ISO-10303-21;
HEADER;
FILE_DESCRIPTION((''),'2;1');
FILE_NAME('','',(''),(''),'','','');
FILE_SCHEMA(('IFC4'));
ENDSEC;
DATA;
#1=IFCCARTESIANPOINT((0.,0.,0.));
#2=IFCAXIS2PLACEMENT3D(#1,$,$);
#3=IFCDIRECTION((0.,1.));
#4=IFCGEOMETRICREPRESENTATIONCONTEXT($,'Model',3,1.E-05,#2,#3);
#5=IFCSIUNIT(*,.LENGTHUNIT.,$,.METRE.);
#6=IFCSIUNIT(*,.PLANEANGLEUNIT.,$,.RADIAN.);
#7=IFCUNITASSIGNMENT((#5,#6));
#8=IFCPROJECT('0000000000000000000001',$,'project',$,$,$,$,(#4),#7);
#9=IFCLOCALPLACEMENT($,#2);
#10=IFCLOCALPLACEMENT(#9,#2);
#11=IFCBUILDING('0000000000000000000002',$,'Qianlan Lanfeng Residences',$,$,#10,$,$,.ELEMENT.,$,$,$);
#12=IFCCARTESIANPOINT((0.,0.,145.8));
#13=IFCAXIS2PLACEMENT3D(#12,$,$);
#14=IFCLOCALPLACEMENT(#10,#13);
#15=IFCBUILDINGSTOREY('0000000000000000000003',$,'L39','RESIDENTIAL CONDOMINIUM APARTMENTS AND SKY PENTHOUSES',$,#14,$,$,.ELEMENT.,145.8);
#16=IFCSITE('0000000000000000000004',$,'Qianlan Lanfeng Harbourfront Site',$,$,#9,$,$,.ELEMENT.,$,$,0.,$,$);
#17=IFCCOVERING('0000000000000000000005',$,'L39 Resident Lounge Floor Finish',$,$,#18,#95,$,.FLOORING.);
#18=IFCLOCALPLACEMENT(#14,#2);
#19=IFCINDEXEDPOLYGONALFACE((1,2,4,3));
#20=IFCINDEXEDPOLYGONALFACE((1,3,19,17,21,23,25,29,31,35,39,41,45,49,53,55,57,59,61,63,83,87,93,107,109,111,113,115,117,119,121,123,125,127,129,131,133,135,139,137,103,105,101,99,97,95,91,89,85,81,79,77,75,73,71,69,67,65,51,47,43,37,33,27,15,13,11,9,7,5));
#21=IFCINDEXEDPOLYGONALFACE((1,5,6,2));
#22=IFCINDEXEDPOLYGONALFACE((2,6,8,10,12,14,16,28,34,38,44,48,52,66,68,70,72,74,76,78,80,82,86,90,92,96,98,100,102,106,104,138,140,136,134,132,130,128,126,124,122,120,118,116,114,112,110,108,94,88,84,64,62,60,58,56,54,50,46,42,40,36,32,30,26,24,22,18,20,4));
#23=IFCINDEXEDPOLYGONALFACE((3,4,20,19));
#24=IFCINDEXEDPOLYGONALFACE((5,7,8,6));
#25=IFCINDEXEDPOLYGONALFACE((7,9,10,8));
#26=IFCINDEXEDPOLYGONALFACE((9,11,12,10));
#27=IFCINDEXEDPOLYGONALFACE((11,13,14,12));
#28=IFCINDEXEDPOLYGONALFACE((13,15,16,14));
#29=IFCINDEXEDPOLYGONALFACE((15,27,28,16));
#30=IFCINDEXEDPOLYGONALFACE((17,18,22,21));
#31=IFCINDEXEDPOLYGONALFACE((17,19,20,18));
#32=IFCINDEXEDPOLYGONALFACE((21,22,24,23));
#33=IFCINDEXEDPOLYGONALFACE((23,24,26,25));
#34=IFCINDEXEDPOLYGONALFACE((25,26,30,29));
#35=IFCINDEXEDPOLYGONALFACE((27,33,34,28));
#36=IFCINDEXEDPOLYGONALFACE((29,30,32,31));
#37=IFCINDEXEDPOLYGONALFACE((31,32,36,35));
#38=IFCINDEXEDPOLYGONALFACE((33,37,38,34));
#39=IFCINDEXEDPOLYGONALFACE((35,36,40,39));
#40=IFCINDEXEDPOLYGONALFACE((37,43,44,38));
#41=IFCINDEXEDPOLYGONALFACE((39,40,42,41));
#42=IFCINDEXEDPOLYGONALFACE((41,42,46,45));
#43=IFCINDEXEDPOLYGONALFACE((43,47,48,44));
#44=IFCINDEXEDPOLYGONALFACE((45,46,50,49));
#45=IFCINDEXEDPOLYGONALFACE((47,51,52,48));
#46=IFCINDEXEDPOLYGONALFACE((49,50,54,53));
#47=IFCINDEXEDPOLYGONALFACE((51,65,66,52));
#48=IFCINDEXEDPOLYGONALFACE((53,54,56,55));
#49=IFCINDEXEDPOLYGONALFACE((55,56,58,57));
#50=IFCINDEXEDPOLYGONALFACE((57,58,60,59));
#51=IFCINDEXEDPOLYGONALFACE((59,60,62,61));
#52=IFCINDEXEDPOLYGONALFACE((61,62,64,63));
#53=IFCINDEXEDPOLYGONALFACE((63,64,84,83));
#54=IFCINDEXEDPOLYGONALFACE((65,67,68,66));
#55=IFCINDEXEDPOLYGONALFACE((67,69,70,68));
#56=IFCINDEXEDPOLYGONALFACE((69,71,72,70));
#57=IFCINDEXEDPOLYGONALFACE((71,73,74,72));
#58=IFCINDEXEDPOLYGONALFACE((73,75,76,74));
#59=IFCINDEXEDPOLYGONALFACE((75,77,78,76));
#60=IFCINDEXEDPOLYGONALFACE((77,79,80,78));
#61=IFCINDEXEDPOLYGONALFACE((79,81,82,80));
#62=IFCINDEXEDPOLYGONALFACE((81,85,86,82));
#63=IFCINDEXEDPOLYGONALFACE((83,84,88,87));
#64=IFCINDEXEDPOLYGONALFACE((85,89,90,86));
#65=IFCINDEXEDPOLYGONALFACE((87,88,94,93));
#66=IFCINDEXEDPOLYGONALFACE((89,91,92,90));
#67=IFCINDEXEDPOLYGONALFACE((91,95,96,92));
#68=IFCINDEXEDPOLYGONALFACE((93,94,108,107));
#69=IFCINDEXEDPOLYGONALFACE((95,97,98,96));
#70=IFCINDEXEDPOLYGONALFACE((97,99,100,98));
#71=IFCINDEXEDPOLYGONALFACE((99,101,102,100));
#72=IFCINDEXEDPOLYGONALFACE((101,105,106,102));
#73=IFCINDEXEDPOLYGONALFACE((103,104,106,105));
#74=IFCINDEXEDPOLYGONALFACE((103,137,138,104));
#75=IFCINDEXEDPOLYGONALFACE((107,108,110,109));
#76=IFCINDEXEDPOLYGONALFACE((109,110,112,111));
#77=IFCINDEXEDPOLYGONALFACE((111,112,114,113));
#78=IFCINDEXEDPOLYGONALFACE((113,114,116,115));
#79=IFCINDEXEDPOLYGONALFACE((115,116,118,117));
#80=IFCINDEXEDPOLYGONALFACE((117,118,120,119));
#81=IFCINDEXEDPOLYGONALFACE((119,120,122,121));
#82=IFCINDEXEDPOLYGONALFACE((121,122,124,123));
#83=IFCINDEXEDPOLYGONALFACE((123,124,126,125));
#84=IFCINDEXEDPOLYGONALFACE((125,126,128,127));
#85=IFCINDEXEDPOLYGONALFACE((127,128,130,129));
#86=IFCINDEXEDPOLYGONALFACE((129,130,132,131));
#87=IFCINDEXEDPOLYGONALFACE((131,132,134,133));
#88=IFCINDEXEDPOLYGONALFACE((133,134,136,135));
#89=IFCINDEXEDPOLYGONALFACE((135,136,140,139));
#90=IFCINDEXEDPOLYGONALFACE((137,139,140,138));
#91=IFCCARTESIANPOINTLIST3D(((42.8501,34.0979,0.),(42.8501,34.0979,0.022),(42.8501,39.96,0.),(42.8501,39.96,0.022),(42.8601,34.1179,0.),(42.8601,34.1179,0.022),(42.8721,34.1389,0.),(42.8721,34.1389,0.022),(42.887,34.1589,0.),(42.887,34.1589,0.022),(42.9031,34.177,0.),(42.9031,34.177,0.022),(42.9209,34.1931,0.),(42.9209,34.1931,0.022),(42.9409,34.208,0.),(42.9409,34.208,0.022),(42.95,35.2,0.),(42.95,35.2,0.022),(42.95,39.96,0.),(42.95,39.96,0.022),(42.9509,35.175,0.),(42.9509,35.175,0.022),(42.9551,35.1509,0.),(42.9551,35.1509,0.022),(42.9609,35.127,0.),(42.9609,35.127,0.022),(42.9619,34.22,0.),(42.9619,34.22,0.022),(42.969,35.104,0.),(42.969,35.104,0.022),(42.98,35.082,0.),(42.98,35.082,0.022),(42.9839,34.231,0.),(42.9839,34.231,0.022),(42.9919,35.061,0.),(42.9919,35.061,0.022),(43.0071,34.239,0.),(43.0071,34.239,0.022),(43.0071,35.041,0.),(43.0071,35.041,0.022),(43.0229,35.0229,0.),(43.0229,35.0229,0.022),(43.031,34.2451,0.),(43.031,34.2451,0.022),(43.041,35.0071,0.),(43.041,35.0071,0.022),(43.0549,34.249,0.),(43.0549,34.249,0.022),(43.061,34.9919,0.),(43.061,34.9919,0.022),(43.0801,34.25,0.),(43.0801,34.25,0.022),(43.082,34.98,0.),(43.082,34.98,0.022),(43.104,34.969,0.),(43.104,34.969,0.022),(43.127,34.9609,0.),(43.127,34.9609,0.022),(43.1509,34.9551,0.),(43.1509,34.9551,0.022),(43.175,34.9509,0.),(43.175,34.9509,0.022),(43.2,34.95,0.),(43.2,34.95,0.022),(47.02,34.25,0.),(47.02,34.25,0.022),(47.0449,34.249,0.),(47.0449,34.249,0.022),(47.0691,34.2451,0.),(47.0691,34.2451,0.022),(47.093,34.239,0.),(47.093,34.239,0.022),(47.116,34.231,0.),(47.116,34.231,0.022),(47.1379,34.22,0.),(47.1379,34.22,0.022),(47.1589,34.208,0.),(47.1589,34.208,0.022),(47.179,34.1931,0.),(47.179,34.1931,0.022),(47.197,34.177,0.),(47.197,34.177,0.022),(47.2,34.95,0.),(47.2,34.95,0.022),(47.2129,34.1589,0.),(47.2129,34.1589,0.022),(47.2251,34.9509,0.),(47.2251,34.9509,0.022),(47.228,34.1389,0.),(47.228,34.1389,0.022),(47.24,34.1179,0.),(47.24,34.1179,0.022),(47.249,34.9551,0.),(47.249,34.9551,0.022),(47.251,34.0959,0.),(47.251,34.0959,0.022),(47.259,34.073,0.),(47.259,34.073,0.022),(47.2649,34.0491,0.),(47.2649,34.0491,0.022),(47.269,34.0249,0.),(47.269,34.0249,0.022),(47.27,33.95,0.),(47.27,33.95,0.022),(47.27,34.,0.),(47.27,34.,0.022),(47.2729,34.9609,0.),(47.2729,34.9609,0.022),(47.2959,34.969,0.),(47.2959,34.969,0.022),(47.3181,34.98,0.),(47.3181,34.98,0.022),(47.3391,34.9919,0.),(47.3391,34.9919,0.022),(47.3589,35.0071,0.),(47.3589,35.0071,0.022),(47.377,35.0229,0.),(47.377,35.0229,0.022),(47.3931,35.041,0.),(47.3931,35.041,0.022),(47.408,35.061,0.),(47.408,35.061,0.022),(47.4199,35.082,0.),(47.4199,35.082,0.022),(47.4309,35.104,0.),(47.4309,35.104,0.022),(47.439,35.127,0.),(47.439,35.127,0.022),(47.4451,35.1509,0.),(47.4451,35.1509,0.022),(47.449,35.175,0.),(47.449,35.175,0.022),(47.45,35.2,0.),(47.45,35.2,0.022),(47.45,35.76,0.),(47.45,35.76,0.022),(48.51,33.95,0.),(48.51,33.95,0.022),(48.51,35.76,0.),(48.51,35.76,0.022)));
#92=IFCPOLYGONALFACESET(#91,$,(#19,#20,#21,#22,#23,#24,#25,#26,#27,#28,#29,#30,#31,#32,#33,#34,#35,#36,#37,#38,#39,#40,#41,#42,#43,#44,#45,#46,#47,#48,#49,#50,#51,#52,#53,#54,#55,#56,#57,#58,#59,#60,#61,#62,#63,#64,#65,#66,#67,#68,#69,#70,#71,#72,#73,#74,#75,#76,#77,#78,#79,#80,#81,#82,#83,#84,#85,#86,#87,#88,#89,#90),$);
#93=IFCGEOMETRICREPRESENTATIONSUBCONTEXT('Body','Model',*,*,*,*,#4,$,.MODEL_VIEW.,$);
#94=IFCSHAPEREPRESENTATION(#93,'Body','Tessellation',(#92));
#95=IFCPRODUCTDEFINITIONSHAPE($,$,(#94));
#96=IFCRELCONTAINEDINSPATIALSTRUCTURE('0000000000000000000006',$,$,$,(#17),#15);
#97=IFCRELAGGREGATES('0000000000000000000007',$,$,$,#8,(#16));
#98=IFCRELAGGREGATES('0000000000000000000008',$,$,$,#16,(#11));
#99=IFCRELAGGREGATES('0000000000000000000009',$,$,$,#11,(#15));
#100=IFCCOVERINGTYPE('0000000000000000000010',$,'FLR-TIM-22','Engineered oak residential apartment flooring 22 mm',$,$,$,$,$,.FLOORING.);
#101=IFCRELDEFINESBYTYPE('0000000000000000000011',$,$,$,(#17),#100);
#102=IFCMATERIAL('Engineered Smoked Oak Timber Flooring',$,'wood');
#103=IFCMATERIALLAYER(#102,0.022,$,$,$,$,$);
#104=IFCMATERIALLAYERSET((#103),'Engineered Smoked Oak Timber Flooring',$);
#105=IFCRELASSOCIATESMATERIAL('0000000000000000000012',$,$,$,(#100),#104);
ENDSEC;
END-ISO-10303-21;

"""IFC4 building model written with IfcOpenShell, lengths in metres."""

from ifc_helpers import new_model, si_unit, direction, frame, origin, place, context, subcontext, project, spatial, polyline, outline, extrude, material, layer, layer_set, type_object, element, save


model = new_model("IFC4")

# Units and contexts
model_context = context("Model", 3, precision=1e-05, world=origin(), true_north=direction((0.0, 1.0)))
body_context = subcontext(model_context, "Body", "Model", "MODEL_VIEW")
ifc_project = project(units=[si_unit("LENGTHUNIT", "METRE"), si_unit("PLANEANGLEUNIT", "RADIAN")], contexts=[model_context])

# Site, building, storey
site_placement = place(None, origin())
site = spatial("IfcSite", under=ifc_project, at=site_placement, Name="Qianlan Lanfeng Harbourfront Site", CompositionType="ELEMENT", RefElevation=0.0)
building_placement = place(site_placement, origin())
building = spatial("IfcBuilding", under=site, at=building_placement, Name="Qianlan Lanfeng Residences", CompositionType="ELEMENT")
storey_placement = place(building_placement, frame((0.0, 0.0, 145.8)))
storey = spatial("IfcBuildingStorey", under=building, at=storey_placement, Name="L39", Description="RESIDENTIAL CONDOMINIUM APARTMENTS AND SKY PENTHOUSES", CompositionType="ELEMENT", Elevation=145.8)

# Covering
ifc_material_1 = material(Name="Engineered Smoked Oak Timber Flooring", Category="wood")
ifc_layer_1 = layer(ifc_material_1, 0.022)
ifc_layer_set_1 = layer_set([ifc_layer_1], Name="Engineered Smoked Oak Timber Flooring")
covering_type = type_object("IfcCoveringType", Name="FLR-TIM-22", Description="Engineered oak residential apartment flooring 22 mm", PredefinedType="FLOORING", material=ifc_layer_set_1)
covering_1_placement = place(storey_placement, origin())
element("IfcCovering", 1, at=covering_1_placement, inside=storey, type_object=covering_type, Name="L39 Resident Lounge Floor Finish", PredefinedType="FLOORING", context=body_context, shape_type="SweptSolid", body=[
    extrude(outline(polyline([(42.8501, 34.0979), (42.8601, 34.1179), (42.8721, 34.1389), (42.887, 34.1589), (42.9031, 34.177), (42.9209, 34.1931), (42.9409, 34.208), (42.9619, 34.22), (42.9839, 34.231), (43.0071, 34.239), (43.031, 34.2451), (43.0549, 34.249), (43.0801, 34.25), (47.02, 34.25), (47.0449, 34.249), (47.0691, 34.2451), (47.093, 34.239), (47.116, 34.231), (47.1379, 34.22), (47.1589, 34.208), (47.179, 34.1931), (47.197, 34.177), (47.2129, 34.1589), (47.228, 34.1389), (47.24, 34.1179), (47.251, 34.0959), (47.259, 34.073), (47.2649, 34.0491), (47.269, 34.0249), (47.27, 34.0), (47.27, 33.95), (48.51, 33.95), (48.51, 35.76), (47.45, 35.76), (47.45, 35.2), (47.449, 35.175), (47.4451, 35.1509), (47.439, 35.127), (47.4309, 35.104), (47.4199, 35.082), (47.408, 35.061), (47.3931, 35.041), (47.377, 35.0229), (47.3589, 35.0071), (47.3391, 34.9919), (47.3181, 34.98), (47.2959, 34.969), (47.2729, 34.9609), (47.249, 34.9551), (47.2251, 34.9509), (47.2, 34.95), (43.2, 34.95), (43.175, 34.9509), (43.1509, 34.9551), (43.127, 34.9609), (43.104, 34.969), (43.082, 34.98), (43.061, 34.9919), (43.041, 35.0071), (43.0229, 35.0229), (43.0071, 35.041), (42.9919, 35.061), (42.98, 35.082), (42.969, 35.104), (42.9609, 35.127), (42.9551, 35.1509), (42.9509, 35.175), (42.95, 35.2), (42.95, 39.96), (42.8501, 39.96), (42.8501, 34.0979)])), origin(), (0.0, 0.0, 1.0), 0.022),
])

save(model, "model.ifc")
